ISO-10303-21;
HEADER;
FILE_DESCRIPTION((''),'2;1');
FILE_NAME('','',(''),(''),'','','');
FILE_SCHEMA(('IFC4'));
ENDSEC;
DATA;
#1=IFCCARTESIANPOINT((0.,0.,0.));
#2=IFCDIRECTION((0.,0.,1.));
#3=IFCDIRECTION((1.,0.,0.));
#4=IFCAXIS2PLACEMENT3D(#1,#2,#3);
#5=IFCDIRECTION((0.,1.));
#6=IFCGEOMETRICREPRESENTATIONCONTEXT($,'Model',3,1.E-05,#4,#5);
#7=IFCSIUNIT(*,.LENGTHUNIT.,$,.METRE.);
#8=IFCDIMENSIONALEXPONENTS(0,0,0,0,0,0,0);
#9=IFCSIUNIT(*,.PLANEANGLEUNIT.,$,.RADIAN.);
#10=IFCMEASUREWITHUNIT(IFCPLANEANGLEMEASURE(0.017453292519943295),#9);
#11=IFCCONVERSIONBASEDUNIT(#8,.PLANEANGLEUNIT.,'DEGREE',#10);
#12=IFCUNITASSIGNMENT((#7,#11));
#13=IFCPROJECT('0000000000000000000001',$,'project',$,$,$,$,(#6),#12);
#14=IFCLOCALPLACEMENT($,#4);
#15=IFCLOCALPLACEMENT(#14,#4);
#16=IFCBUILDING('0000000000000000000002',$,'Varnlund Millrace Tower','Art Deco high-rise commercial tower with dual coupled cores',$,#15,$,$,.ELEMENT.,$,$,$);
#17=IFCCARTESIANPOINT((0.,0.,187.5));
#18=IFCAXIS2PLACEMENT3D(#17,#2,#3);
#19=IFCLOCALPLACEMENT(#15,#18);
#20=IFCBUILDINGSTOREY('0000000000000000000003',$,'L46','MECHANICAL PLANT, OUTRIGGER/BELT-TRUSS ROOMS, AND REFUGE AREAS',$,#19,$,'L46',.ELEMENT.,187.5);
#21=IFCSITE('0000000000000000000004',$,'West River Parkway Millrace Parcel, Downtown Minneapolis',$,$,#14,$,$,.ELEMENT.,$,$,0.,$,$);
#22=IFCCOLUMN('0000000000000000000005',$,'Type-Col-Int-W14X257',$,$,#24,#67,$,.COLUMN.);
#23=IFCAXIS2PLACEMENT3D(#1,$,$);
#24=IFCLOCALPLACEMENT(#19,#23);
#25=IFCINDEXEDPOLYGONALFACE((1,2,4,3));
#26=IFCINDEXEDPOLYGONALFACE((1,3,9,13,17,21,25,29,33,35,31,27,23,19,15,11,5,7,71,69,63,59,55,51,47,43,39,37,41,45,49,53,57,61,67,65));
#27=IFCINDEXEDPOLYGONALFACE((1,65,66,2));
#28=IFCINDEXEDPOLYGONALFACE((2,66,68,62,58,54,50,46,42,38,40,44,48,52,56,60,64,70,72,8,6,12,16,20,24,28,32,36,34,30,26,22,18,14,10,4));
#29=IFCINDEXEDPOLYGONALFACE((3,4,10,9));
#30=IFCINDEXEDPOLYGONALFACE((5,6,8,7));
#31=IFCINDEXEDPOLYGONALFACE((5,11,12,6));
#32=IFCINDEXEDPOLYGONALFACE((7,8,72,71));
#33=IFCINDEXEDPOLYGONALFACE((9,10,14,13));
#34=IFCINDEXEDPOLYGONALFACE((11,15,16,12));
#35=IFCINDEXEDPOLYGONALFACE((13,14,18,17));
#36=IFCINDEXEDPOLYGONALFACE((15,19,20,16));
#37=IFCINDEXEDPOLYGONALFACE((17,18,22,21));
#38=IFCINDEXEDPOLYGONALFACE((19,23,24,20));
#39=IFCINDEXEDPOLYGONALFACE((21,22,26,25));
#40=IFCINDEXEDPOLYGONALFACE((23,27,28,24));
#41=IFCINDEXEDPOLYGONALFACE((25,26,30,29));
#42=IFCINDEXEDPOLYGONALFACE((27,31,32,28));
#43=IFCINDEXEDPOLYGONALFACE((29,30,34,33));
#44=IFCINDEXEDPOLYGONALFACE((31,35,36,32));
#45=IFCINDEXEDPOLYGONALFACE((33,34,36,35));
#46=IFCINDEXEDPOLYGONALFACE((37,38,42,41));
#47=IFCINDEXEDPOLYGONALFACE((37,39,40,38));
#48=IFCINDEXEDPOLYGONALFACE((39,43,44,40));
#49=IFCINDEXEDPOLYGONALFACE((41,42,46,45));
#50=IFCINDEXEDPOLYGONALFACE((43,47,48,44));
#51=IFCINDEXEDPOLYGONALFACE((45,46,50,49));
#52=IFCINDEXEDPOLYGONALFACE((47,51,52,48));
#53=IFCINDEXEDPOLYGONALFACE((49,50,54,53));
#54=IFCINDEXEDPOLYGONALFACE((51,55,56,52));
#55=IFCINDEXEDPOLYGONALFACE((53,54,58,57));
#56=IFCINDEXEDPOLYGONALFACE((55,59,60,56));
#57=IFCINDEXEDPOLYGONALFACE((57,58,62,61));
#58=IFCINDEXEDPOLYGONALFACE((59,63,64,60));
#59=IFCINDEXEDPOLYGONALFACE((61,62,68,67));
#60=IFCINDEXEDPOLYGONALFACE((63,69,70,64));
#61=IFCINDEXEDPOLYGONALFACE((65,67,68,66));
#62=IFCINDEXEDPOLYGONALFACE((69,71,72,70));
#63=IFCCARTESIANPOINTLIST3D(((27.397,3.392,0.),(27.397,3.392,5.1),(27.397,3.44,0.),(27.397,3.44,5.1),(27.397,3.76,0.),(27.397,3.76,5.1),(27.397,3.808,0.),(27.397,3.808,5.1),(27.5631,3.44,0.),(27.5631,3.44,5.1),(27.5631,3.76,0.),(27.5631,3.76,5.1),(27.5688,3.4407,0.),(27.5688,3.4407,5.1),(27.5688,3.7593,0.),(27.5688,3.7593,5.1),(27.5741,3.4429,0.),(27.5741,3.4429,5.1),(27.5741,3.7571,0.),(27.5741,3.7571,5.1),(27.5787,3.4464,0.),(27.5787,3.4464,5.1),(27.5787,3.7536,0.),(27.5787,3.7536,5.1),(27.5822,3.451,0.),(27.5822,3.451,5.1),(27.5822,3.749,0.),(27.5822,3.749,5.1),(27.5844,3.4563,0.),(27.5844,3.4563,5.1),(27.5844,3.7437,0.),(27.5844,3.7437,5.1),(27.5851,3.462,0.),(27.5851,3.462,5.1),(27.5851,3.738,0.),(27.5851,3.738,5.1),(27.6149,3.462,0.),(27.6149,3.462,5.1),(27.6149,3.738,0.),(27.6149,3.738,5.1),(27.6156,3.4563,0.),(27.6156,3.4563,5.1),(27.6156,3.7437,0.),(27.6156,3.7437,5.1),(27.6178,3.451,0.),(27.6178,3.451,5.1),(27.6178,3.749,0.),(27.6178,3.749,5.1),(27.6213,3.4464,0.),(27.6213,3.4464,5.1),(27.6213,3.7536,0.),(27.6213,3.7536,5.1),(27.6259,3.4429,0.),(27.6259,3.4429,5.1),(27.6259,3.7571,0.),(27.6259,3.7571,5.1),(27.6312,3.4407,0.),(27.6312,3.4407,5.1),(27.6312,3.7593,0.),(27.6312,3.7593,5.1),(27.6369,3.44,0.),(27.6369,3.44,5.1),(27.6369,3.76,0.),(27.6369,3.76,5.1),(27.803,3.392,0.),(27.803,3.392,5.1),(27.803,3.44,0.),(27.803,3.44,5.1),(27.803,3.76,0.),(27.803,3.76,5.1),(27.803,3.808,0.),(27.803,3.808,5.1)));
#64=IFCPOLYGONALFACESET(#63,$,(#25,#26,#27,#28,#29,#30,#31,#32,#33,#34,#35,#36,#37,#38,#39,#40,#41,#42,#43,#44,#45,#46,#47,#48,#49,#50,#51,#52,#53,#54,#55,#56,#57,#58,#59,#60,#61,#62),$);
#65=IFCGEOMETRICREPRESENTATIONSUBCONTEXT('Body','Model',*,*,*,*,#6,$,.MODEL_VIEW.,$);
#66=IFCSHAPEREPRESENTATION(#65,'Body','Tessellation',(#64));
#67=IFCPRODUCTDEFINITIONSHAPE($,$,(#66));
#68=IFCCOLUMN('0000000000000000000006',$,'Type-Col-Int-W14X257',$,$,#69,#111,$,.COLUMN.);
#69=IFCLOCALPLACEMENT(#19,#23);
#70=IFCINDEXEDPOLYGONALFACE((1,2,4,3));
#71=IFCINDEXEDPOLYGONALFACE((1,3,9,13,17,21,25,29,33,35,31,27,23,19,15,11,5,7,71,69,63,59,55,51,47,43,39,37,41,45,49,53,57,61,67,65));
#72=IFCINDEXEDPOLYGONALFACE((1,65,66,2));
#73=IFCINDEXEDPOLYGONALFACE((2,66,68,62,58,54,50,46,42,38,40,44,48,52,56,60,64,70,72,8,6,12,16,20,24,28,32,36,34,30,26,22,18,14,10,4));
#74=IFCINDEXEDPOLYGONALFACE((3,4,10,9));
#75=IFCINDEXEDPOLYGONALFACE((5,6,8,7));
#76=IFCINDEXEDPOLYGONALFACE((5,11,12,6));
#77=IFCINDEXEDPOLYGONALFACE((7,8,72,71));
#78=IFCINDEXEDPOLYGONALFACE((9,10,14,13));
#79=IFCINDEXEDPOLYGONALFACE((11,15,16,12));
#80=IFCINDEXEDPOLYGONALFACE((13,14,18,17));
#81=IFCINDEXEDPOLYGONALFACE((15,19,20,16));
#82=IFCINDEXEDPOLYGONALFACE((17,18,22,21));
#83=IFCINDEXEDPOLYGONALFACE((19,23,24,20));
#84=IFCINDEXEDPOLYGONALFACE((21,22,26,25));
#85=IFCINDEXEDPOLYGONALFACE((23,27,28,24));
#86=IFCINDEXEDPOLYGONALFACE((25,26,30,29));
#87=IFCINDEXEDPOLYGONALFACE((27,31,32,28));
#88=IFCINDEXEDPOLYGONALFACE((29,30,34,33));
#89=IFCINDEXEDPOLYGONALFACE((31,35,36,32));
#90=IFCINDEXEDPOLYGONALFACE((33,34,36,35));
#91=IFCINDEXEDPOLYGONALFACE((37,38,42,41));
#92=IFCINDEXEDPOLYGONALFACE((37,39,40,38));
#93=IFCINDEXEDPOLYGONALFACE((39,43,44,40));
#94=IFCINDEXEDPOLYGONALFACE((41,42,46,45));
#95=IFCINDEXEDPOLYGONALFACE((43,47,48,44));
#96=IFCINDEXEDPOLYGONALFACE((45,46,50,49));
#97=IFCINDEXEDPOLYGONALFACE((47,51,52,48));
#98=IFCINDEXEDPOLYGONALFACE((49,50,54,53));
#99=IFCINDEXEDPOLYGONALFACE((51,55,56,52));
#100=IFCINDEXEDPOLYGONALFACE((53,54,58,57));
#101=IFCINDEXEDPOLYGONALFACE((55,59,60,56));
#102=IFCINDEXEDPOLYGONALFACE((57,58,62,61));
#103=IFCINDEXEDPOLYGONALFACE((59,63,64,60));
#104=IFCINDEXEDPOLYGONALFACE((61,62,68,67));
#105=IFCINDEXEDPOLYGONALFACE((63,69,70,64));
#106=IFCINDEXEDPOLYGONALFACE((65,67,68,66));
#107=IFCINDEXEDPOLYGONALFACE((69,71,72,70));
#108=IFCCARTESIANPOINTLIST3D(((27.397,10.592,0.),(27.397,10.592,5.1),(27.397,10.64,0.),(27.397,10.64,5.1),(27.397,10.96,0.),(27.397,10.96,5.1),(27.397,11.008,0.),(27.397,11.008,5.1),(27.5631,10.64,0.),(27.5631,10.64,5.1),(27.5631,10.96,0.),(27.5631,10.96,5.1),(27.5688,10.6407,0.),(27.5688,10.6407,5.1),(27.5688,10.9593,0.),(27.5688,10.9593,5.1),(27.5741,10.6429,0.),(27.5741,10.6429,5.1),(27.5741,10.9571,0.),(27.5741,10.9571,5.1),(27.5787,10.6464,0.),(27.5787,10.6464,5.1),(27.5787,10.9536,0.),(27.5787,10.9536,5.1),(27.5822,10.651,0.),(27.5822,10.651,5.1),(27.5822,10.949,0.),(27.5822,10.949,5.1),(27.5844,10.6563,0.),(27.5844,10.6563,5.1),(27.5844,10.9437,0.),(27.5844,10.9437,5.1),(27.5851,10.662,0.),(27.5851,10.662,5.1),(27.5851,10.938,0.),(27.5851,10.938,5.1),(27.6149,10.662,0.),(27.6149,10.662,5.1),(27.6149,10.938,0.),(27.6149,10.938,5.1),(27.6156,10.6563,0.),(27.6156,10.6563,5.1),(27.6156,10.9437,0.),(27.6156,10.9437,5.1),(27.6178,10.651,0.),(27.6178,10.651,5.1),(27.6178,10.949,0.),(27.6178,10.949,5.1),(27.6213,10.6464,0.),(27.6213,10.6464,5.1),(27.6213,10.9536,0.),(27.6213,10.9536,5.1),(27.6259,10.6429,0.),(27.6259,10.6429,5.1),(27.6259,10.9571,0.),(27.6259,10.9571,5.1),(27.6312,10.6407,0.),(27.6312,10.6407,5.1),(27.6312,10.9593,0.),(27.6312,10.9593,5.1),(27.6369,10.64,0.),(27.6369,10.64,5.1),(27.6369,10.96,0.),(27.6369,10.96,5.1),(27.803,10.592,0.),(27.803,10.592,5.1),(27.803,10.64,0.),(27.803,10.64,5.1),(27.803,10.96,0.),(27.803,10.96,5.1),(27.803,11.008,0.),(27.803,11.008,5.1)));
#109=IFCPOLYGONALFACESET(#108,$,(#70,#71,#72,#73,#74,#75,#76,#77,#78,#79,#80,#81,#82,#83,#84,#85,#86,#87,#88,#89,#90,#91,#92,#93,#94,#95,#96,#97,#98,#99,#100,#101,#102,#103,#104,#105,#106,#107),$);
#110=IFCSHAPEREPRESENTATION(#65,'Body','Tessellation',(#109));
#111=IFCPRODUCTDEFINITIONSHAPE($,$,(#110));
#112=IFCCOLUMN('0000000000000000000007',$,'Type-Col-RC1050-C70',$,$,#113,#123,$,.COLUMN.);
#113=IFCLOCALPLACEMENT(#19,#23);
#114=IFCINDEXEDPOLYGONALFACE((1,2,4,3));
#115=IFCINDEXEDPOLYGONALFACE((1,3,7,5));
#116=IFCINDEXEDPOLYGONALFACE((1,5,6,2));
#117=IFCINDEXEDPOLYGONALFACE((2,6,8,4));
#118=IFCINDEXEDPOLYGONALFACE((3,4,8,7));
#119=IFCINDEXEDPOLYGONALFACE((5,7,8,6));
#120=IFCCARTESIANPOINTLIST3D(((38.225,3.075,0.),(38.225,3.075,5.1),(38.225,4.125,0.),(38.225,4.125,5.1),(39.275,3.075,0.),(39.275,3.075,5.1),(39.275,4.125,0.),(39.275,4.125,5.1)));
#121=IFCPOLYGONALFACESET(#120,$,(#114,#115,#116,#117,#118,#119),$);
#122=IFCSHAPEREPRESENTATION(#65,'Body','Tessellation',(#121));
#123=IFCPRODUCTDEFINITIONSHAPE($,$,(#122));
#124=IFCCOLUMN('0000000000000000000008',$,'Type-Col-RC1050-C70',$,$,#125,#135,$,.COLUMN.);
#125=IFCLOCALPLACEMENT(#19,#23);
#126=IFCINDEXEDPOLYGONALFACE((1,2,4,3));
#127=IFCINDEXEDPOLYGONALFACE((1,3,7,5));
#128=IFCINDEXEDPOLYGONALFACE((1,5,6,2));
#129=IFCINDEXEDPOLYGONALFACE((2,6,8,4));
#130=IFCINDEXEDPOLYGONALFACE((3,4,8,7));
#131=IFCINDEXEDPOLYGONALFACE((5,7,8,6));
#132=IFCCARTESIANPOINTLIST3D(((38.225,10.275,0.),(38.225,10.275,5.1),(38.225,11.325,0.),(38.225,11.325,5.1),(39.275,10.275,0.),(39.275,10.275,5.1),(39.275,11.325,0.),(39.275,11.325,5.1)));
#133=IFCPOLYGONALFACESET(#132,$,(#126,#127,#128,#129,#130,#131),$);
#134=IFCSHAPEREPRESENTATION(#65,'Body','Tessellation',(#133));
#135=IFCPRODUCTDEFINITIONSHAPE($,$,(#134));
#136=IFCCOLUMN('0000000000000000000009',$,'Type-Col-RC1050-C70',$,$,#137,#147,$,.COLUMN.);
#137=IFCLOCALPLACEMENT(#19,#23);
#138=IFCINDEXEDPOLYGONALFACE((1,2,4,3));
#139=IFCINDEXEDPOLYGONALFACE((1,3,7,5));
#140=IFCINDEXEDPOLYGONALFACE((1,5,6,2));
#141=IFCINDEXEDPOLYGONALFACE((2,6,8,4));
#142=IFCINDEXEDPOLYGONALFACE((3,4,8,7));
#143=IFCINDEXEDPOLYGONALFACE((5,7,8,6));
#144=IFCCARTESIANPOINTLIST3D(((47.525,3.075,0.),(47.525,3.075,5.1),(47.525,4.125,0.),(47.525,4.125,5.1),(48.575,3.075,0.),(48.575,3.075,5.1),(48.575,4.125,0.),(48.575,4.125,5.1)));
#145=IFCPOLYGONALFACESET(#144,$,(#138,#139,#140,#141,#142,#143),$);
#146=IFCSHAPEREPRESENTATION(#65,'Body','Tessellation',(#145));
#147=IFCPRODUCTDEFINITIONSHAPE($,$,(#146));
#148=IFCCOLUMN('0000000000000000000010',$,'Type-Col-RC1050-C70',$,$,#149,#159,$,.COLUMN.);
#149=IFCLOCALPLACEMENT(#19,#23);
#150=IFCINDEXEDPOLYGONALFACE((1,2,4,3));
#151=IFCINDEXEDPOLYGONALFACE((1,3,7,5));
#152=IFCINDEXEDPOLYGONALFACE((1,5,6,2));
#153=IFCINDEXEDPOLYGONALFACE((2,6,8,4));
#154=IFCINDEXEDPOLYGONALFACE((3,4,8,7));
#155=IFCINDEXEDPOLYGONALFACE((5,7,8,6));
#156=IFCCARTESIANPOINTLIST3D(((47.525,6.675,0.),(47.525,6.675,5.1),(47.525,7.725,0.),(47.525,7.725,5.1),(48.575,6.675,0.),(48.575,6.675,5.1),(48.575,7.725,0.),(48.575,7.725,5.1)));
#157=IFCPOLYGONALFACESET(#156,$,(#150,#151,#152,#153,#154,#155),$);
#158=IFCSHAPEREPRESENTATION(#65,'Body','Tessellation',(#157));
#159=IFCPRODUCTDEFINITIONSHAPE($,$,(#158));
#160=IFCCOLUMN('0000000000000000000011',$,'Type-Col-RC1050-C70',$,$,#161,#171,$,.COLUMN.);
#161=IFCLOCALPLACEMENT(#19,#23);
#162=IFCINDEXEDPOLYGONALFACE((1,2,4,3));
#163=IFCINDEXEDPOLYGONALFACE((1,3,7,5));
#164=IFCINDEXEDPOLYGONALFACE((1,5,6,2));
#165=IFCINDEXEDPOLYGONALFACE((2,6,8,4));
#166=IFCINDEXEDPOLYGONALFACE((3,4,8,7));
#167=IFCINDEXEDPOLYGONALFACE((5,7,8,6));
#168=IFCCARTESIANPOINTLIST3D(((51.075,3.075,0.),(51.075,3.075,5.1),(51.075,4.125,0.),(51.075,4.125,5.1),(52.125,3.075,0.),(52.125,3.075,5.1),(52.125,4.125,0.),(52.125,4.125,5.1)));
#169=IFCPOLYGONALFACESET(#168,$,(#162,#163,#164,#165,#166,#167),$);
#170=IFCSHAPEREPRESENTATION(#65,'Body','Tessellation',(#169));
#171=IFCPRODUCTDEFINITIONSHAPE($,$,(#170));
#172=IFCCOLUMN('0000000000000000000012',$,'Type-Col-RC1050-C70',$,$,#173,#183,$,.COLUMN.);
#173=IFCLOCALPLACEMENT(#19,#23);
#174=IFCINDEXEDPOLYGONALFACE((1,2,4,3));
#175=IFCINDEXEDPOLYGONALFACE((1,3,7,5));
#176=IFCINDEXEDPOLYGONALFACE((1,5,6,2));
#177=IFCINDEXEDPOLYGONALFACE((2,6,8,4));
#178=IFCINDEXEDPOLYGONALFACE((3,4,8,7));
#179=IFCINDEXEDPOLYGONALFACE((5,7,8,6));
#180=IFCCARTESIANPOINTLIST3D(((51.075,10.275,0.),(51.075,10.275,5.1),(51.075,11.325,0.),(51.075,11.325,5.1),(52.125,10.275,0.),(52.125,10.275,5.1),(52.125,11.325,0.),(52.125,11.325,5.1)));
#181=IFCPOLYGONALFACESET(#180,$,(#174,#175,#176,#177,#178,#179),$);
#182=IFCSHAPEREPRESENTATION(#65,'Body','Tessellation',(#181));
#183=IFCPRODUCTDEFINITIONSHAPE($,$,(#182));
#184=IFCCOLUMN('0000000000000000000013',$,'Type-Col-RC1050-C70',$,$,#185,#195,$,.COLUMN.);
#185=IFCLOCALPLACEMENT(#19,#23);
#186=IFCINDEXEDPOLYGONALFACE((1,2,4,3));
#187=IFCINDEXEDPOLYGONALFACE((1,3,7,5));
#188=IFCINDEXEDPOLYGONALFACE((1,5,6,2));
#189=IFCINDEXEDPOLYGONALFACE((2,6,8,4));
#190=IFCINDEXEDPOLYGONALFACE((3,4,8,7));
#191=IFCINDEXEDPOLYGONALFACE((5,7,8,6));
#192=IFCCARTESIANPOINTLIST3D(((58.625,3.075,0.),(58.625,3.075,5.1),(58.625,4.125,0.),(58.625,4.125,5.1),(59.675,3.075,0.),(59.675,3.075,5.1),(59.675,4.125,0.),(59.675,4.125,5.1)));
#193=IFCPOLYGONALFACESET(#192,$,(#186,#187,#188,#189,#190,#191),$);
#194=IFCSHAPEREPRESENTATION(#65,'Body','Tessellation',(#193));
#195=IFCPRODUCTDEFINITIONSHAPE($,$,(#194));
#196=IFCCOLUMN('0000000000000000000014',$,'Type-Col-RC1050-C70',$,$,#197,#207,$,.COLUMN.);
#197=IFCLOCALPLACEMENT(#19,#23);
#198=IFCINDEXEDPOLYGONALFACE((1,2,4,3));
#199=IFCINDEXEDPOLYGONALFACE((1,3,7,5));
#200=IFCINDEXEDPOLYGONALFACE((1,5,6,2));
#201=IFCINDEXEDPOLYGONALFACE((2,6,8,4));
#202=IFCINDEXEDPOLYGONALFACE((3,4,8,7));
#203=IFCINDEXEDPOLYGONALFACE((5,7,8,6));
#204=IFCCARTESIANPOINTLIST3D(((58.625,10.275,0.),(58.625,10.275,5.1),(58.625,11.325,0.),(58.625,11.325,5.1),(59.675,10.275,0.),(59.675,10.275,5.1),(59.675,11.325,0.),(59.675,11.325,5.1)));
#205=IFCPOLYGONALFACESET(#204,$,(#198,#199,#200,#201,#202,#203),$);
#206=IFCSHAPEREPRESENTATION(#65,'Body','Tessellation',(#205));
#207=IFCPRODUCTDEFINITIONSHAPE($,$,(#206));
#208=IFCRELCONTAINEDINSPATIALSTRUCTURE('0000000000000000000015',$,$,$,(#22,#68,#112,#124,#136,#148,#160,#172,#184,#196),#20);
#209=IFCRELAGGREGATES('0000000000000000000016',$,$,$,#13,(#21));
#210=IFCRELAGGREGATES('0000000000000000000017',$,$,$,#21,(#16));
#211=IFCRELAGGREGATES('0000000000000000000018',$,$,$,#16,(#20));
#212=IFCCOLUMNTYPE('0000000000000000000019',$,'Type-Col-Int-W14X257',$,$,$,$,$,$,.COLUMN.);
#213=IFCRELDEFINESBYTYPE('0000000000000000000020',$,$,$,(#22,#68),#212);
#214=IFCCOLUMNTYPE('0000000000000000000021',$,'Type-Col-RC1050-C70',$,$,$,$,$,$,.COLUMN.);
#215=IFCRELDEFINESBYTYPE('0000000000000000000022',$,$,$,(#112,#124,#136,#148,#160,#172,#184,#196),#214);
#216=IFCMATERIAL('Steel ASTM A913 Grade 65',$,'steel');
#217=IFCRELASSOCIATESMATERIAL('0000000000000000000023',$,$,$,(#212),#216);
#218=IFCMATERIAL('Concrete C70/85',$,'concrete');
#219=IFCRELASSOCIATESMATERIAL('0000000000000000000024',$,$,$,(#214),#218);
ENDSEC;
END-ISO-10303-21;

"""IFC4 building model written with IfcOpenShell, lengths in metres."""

from ifc_helpers import new_model, entity, si_unit, converted_unit, direction, frame, origin_with_axes, origin_2d_with_axis, place, context, subcontext, project, spatial, rectangle, i_section, extrude, material, material_profile, profile_set, type_object, element, save


model = new_model("IFC4")

# Units and contexts
model_context = context("Model", 3, precision=1e-05, world=origin_with_axes(), true_north=direction((0.0, 1.0)))
body_context = subcontext(model_context, "Body", "Model", "MODEL_VIEW")
ifc_project = project(units=[si_unit("LENGTHUNIT", "METRE"), converted_unit("PLANEANGLEUNIT", "DEGREE", entity("IfcPlaneAngleMeasure", 0.017453292519943295), si_unit("PLANEANGLEUNIT", "RADIAN"), dimensions=[0, 0, 0, 0, 0, 0, 0])], contexts=[model_context])

# Site, building, storey
site_placement = place(None, origin_with_axes())
site = spatial("IfcSite", under=ifc_project, at=site_placement, Name="West River Parkway Millrace Parcel, Downtown Minneapolis", CompositionType="ELEMENT", RefElevation=0.0)
building_placement = place(site_placement, origin_with_axes())
building = spatial("IfcBuilding", under=site, at=building_placement, Name="Varnlund Millrace Tower", Description="Art Deco high-rise commercial tower with dual coupled cores", CompositionType="ELEMENT")
storey_placement = place(building_placement, frame((0.0, 0.0, 187.5), z_axis=(0.0, 0.0, 1.0), x_axis=(1.0, 0.0, 0.0)))
storey = spatial("IfcBuildingStorey", under=building, at=storey_placement, Name="L46", Description="MECHANICAL PLANT, OUTRIGGER/BELT-TRUSS ROOMS, AND REFUGE AREAS", LongName="L46", CompositionType="ELEMENT", Elevation=187.5)

# Columns
ifc_material_1 = material(Name="Steel ASTM A913 Grade 65", Category="steel")
ifc_material_profile_1 = material_profile(ifc_material_1, i_section(OverallWidth=0.406, OverallDepth=0.416, WebThickness=0.0298, FlangeThickness=0.048, FilletRadius=0.022, at=origin_2d_with_axis()), Name="Steel ASTM A913 Grade 65")
ifc_profile_set_1 = profile_set([ifc_material_profile_1], Name="Steel ASTM A913 Grade 65")
column_type_1 = type_object("IfcColumnType", Name="Type-Col-Int-W14X257", PredefinedType="COLUMN", material=ifc_profile_set_1)
for number, where, z_axis, x_axis, name in (
    (1, (27.6, 3.6, 0.0), (0.0, 0.0, 1.0), (1.0, 0.0, 0.0), "Type-Col-Int-W14X257"),
    (2, (27.6, 10.8, 0.0), (0.0, 0.0, 1.0), (1.0, 0.0, 0.0), "Type-Col-Int-W14X257"),
):
    element("IfcColumn", number, at=place(storey_placement, frame(where, z_axis=z_axis, x_axis=x_axis)), inside=storey, type_object=column_type_1, Name=name, PredefinedType="COLUMN", context=body_context, shape_type="SweptSolid", body=[
        extrude(i_section(OverallWidth=0.406, OverallDepth=0.416, WebThickness=0.0298, FlangeThickness=0.048, FilletRadius=0.022, at=origin_2d_with_axis()), origin_with_axes(), (0.0, 0.0, 1.0), 5.1),
    ])
ifc_material_2 = material(Name="Concrete C70/85", Category="concrete")
ifc_material_profile_2 = material_profile(ifc_material_2, rectangle(XDim=1.05, YDim=1.05, at=origin_2d_with_axis()), Name="Concrete C70/85")
ifc_profile_set_2 = profile_set([ifc_material_profile_2], Name="Concrete C70/85")
column_type_2 = type_object("IfcColumnType", Name="Type-Col-RC1050-C70", PredefinedType="COLUMN", material=ifc_profile_set_2)
for number, where, z_axis, x_axis, name in (
    (3, (38.75, 3.6, 0.0), (0.0, 0.0, 1.0), (1.0, 0.0, 0.0), "Type-Col-RC1050-C70"),
    (4, (38.75, 10.8, 0.0), (0.0, 0.0, 1.0), (1.0, 0.0, 0.0), "Type-Col-RC1050-C70"),
    (5, (48.05, 3.6, 0.0), (0.0, 0.0, 1.0), (1.0, 0.0, 0.0), "Type-Col-RC1050-C70"),
    (6, (48.05, 7.2, 0.0), (0.0, 0.0, 1.0), (1.0, 0.0, 0.0), "Type-Col-RC1050-C70"),
    (7, (51.6, 3.6, 0.0), (0.0, 0.0, 1.0), (1.0, 0.0, 0.0), "Type-Col-RC1050-C70"),
    (8, (51.6, 10.8, 0.0), (0.0, 0.0, 1.0), (1.0, 0.0, 0.0), "Type-Col-RC1050-C70"),
    (9, (59.15, 3.6, 0.0), (0.0, 0.0, 1.0), (1.0, 0.0, 0.0), "Type-Col-RC1050-C70"),
    (10, (59.15, 10.8, 0.0), (0.0, 0.0, 1.0), (1.0, 0.0, 0.0), "Type-Col-RC1050-C70"),
):
    element("IfcColumn", number, at=place(storey_placement, frame(where, z_axis=z_axis, x_axis=x_axis)), inside=storey, type_object=column_type_2, Name=name, PredefinedType="COLUMN", context=body_context, shape_type="SweptSolid", body=[
        extrude(rectangle(XDim=1.05, YDim=1.05, at=origin_2d_with_axis()), origin_with_axes(), (0.0, 0.0, 1.0), 5.1),
    ])

save(model, "model.ifc")
